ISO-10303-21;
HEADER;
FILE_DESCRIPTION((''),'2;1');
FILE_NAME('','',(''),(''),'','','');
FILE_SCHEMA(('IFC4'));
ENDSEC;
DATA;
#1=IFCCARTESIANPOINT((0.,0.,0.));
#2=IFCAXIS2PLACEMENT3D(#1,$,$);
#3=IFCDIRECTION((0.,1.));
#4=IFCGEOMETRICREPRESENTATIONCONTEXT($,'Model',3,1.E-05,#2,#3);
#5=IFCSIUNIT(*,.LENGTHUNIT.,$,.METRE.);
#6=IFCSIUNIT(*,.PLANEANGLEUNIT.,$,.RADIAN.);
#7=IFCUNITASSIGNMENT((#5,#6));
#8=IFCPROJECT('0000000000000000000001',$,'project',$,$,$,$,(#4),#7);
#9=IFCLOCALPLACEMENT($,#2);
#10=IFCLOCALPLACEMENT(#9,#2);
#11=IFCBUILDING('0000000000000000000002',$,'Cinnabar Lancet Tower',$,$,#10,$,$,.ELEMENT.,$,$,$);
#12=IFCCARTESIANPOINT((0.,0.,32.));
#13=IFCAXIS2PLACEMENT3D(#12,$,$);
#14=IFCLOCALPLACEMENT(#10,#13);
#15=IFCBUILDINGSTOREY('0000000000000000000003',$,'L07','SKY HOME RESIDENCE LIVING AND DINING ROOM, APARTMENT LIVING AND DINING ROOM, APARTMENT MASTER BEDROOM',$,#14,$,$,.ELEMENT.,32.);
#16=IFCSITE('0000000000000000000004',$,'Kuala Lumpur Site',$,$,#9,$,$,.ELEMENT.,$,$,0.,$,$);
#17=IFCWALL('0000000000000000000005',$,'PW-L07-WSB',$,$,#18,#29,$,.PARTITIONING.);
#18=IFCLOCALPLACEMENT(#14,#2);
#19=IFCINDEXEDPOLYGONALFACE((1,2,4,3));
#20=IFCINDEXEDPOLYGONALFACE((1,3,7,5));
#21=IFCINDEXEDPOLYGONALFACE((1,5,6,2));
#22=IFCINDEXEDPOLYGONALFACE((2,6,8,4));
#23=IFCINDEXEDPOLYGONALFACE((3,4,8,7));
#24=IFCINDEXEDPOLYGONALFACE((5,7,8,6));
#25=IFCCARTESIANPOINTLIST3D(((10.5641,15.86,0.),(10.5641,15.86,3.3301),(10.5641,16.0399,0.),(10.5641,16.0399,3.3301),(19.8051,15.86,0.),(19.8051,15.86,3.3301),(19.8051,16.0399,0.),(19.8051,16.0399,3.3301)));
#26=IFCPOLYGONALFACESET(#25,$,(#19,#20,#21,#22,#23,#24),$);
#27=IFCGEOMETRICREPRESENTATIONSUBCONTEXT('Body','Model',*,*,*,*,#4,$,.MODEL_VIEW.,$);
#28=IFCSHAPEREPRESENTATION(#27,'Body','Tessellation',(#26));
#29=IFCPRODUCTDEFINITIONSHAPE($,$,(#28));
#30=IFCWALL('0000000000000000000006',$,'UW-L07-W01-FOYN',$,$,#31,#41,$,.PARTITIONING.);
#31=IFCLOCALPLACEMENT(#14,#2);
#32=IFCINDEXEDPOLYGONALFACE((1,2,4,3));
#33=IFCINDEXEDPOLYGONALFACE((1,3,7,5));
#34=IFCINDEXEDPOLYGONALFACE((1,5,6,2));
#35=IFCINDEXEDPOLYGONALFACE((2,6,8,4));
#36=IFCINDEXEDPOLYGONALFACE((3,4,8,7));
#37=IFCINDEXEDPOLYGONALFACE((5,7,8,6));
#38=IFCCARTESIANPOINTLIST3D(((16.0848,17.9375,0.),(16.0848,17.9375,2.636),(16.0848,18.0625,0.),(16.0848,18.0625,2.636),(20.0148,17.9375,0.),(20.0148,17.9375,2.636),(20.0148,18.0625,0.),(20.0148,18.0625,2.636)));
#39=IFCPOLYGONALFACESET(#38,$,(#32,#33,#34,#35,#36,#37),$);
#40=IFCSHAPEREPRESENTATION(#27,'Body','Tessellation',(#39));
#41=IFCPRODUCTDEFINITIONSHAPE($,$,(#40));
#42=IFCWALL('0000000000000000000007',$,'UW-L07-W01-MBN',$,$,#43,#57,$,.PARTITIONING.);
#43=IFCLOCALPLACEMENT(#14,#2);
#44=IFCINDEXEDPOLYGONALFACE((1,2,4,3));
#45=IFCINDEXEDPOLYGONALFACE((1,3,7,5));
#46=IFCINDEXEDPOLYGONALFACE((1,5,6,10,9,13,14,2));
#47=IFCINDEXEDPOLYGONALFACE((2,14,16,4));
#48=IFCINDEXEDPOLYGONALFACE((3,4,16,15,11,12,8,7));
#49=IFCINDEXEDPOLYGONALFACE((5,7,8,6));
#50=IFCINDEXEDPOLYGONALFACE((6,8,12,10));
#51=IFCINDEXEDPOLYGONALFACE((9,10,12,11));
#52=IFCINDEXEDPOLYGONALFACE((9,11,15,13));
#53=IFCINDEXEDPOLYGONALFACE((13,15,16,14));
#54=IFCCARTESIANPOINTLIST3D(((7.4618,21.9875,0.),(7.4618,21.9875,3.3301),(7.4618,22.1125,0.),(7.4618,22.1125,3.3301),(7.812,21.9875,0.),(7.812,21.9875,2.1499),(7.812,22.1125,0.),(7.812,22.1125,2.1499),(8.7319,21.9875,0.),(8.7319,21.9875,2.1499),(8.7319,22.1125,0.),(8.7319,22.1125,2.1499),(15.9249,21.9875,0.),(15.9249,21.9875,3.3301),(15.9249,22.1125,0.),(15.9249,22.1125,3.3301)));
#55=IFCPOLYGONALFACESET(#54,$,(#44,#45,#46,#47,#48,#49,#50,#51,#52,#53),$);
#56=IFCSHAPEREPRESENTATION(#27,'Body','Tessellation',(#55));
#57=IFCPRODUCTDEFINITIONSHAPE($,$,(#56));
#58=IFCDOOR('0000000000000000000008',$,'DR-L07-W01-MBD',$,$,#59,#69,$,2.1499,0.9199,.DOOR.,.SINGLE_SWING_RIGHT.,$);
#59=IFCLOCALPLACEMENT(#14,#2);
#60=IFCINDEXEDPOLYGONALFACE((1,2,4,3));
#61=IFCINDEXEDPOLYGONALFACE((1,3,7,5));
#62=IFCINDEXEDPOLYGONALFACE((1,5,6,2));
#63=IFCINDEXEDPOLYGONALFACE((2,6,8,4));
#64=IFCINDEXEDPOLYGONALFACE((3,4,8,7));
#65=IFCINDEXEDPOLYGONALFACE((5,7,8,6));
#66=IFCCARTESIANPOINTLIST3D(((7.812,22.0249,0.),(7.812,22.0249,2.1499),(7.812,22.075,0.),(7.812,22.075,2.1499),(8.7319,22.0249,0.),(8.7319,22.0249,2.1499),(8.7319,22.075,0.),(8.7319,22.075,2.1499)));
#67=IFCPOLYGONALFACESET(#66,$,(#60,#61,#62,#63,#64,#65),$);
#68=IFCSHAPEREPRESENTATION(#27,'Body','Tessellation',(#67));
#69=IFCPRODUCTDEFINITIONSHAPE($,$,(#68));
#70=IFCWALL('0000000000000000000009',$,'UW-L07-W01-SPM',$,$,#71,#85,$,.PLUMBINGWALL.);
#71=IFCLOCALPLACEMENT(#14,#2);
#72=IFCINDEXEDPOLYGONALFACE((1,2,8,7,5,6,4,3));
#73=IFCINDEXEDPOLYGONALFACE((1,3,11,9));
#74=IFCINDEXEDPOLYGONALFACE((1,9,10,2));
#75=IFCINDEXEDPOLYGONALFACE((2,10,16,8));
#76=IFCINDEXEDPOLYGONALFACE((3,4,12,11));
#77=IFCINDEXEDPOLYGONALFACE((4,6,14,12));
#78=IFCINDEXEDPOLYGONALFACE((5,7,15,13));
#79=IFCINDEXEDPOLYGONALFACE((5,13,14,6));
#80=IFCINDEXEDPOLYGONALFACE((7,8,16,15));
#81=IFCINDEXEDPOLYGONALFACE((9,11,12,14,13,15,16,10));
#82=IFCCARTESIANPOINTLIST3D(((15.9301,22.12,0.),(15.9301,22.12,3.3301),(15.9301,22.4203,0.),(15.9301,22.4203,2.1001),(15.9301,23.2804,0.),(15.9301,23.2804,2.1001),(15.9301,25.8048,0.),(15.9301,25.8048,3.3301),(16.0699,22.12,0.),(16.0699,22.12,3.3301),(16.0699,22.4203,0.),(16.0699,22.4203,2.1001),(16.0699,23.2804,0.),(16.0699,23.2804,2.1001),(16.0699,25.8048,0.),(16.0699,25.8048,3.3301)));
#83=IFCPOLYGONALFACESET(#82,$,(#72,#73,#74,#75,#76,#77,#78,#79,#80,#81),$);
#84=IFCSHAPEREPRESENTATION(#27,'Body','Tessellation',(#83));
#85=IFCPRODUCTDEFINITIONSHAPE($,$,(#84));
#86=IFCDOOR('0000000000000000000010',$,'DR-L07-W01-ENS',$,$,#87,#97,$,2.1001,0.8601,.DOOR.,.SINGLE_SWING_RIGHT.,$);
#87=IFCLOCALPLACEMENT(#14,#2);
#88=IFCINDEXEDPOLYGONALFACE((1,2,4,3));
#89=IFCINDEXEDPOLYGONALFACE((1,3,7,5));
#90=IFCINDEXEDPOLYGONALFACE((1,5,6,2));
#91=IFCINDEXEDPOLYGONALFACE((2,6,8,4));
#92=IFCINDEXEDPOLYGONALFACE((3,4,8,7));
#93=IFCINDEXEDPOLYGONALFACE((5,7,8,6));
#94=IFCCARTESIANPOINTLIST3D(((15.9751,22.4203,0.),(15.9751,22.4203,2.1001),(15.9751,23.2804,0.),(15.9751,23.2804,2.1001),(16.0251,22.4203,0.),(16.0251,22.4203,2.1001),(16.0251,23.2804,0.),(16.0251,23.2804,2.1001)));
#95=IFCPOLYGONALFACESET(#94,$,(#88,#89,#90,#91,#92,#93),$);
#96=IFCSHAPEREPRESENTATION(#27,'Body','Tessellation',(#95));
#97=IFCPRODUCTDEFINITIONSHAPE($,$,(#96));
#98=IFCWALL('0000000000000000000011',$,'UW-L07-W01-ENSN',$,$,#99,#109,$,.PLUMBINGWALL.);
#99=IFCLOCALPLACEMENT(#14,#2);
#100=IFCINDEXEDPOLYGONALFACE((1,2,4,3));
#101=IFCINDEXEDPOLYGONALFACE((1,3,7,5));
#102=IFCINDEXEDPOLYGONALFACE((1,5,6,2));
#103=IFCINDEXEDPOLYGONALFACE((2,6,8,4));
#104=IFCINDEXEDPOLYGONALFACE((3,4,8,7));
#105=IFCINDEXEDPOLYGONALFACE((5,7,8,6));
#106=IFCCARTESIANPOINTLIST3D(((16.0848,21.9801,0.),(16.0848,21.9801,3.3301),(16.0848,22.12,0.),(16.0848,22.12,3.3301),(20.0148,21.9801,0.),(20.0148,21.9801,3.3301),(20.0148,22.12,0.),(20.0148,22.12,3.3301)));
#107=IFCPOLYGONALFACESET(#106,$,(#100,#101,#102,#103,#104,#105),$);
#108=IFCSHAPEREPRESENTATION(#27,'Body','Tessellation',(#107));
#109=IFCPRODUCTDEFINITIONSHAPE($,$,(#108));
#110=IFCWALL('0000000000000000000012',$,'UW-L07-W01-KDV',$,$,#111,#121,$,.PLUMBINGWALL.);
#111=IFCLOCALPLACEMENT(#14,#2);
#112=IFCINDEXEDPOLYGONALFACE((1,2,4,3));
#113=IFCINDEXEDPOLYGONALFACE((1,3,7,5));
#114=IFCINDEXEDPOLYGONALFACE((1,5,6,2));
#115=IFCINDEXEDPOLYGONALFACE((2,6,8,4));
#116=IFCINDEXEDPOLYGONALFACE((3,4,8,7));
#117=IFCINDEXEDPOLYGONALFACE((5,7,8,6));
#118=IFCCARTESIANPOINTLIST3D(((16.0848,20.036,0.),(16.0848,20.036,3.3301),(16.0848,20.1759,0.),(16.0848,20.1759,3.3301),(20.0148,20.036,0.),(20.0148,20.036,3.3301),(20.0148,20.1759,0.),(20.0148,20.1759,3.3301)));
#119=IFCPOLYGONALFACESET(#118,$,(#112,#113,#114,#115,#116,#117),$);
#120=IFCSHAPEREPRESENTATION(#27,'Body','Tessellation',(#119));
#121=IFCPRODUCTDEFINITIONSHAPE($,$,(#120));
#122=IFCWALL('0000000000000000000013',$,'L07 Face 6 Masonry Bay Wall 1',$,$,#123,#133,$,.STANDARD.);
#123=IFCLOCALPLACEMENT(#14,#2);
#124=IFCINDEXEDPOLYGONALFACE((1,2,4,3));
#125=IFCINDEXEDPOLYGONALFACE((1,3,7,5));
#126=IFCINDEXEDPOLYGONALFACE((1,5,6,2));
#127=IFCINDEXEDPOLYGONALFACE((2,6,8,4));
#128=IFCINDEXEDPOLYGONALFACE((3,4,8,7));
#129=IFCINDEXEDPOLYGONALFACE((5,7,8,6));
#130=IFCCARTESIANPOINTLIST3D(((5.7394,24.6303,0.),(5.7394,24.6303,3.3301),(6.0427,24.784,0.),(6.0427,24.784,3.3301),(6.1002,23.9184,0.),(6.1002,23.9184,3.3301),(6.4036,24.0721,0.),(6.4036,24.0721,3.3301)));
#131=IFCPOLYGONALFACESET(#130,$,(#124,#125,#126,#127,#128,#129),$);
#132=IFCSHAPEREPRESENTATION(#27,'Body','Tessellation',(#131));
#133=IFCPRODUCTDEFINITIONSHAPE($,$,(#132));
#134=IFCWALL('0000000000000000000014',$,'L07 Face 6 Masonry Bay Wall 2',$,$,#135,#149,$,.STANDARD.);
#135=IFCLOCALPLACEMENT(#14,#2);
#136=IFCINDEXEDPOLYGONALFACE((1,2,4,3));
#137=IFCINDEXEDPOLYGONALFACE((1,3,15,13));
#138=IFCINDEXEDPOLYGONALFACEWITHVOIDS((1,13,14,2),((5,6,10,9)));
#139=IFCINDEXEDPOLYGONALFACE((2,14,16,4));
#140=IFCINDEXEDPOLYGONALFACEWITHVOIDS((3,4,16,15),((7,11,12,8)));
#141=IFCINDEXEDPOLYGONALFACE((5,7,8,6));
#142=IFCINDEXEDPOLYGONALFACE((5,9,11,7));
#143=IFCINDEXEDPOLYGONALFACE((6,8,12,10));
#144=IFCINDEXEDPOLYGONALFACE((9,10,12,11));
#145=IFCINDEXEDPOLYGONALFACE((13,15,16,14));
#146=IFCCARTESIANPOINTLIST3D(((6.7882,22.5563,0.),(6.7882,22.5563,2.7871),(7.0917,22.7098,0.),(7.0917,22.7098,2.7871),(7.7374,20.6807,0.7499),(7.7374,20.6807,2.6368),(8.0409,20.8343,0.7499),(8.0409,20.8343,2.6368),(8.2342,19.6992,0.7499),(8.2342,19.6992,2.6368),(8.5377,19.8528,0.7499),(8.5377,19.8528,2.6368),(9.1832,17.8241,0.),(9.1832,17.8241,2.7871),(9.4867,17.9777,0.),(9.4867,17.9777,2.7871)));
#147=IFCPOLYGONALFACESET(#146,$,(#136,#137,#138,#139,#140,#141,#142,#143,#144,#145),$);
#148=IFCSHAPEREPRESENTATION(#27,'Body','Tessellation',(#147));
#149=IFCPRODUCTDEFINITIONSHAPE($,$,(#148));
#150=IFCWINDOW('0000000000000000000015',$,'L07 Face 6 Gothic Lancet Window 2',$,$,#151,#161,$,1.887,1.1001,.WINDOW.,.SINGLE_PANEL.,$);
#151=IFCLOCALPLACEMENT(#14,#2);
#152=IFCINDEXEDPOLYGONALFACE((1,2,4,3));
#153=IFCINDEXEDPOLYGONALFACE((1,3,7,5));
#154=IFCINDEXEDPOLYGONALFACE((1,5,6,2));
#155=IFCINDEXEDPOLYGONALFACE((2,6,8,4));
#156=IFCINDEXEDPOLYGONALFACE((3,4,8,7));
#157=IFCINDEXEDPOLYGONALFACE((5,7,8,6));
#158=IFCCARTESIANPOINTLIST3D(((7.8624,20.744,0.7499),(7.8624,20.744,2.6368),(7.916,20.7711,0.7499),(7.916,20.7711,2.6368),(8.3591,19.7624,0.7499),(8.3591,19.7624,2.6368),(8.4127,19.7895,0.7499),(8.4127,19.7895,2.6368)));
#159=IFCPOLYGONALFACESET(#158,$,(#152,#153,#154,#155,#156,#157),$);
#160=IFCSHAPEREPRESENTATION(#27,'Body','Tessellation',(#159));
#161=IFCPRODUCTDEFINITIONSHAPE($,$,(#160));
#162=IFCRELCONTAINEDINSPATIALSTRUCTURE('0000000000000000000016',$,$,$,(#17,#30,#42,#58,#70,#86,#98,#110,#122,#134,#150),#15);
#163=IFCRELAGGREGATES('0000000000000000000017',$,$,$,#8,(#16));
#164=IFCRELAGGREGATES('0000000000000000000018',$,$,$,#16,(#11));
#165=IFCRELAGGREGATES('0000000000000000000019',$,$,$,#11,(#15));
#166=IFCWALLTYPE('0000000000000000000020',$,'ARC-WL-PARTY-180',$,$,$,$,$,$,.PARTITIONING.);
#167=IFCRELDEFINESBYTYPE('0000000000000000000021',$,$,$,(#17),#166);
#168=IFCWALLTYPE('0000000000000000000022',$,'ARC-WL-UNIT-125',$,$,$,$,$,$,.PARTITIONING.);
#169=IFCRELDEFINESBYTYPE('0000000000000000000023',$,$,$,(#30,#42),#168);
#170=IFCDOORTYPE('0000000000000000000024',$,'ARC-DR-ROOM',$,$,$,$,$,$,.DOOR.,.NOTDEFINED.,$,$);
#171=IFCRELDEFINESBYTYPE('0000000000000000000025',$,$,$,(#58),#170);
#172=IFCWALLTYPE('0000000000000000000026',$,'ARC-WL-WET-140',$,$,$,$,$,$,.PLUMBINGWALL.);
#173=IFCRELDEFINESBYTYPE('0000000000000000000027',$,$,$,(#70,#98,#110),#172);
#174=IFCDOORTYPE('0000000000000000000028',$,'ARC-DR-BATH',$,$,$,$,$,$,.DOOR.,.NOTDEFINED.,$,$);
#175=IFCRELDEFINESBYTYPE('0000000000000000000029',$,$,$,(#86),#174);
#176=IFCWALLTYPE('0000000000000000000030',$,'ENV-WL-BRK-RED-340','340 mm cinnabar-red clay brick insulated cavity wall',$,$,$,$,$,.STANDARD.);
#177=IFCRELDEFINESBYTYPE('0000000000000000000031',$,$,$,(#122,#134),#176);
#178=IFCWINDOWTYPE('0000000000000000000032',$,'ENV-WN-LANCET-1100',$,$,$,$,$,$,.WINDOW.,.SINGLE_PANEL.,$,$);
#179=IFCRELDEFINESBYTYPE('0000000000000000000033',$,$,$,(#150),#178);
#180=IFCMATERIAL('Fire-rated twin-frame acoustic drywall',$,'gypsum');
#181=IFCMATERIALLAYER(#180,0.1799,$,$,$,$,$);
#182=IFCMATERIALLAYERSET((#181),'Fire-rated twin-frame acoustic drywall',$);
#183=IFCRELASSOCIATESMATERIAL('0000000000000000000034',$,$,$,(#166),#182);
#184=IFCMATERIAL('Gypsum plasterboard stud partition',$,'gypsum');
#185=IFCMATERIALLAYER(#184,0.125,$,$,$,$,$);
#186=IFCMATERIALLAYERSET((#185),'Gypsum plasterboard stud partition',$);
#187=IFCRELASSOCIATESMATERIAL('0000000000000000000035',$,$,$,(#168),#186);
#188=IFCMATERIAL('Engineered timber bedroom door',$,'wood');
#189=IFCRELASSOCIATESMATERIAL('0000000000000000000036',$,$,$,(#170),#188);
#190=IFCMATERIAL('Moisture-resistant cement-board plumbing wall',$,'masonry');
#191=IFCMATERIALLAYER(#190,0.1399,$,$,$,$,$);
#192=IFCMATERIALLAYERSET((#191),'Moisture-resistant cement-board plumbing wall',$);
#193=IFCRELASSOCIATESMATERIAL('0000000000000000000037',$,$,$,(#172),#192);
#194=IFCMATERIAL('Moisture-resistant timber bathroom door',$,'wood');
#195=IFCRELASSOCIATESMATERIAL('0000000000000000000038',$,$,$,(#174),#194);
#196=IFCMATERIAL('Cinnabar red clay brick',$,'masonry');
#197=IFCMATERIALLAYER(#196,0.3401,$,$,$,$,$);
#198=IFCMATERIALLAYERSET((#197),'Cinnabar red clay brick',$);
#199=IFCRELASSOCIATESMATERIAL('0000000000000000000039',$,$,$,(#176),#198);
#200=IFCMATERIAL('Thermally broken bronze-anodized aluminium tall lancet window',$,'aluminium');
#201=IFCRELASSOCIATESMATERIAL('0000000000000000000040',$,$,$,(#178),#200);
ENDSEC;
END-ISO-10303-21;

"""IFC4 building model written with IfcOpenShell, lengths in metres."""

from ifc_helpers import new_model, si_unit, direction, frame, frame_2d, origin, place, context, subcontext, project, spatial, rectangle, extrude, material, layer, layer_set, type_object, element, fill, save


model = new_model("IFC4")

# Units and contexts
model_context = context("Model", 3, precision=1e-05, world=origin(), true_north=direction((0.0, 1.0)))
body_context = subcontext(model_context, "Body", "Model", "MODEL_VIEW")
ifc_project = project(units=[si_unit("LENGTHUNIT", "METRE"), si_unit("PLANEANGLEUNIT", "RADIAN")], contexts=[model_context])

# Site, building, storey
site_placement = place(None, origin())
site = spatial("IfcSite", under=ifc_project, at=site_placement, Name="Kuala Lumpur Site", CompositionType="ELEMENT", RefElevation=0.0)
building_placement = place(site_placement, origin())
building = spatial("IfcBuilding", under=site, at=building_placement, Name="Cinnabar Lancet Tower", CompositionType="ELEMENT")
storey_placement = place(building_placement, frame((0.0, 0.0, 32.0)))
storey = spatial("IfcBuildingStorey", under=building, at=storey_placement, Name="L07", Description="SKY HOME RESIDENCE LIVING AND DINING ROOM, APARTMENT LIVING AND DINING ROOM, APARTMENT MASTER BEDROOM", CompositionType="ELEMENT", Elevation=32.0)

# Walls
ifc_material_1 = material(Name="Fire-rated twin-frame acoustic drywall", Category="gypsum")
ifc_layer_1 = layer(ifc_material_1, 0.1799)
ifc_layer_set_1 = layer_set([ifc_layer_1], Name="Fire-rated twin-frame acoustic drywall")
wall_type_1 = type_object("IfcWallType", Name="ARC-WL-PARTY-180", PredefinedType="PARTITIONING", material=ifc_layer_set_1)
wall_1_placement = place(storey_placement, frame((10.564, 15.95, 0.0), z_axis=(0.0, 0.0, 1.0), x_axis=(1.0, 0.0, 0.0)))
element("IfcWall", 1, at=wall_1_placement, inside=storey, type_object=wall_type_1, Name="PW-L07-WSB", PredefinedType="PARTITIONING", context=body_context, shape_type="SweptSolid", body=[
    extrude(rectangle(XDim=9.241, YDim=0.1799, at=frame_2d((4.6206, 0.0))), origin(), (0.0, 0.0, 1.0), 3.3301),
])
ifc_material_2 = material(Name="Gypsum plasterboard stud partition", Category="gypsum")
ifc_layer_2 = layer(ifc_material_2, 0.125)
ifc_layer_set_2 = layer_set([ifc_layer_2], Name="Gypsum plasterboard stud partition")
wall_type_2 = type_object("IfcWallType", Name="ARC-WL-UNIT-125", PredefinedType="PARTITIONING", material=ifc_layer_set_2)
wall_2_placement = place(storey_placement, frame((16.085, 18.0, 0.0), z_axis=(0.0, 0.0, 1.0), x_axis=(1.0, 0.0, 0.0)))
element("IfcWall", 2, at=wall_2_placement, inside=storey, type_object=wall_type_2, Name="UW-L07-W01-FOYN", PredefinedType="PARTITIONING", context=body_context, shape_type="SweptSolid", body=[
    extrude(rectangle(XDim=3.9299, YDim=0.125, at=frame_2d((1.9648, 0.0))), origin(), (0.0, 0.0, 1.0), 2.636),
])

# Wall, opening, door
wall_3_placement = place(storey_placement, frame((7.4619, 22.05, 0.0), z_axis=(0.0, 0.0, 1.0), x_axis=(1.0, 0.0, 0.0)))
wall_3 = element("IfcWall", 3, at=wall_3_placement, inside=storey, type_object=wall_type_2, Name="UW-L07-W01-MBN", PredefinedType="PARTITIONING", context=body_context, shape_type="SweptSolid", body=[
    extrude(rectangle(XDim=8.4631, YDim=0.125, at=frame_2d((4.2314, 0.0))), origin(), (0.0, 0.0, 1.0), 3.3301),
])
opening_1_placement = place(wall_3_placement, frame((0.3501, 0.0, 0.0)))
opening_1 = element("IfcOpeningElement", 4, at=opening_1_placement, cuts=wall_3, PredefinedType="OPENING", context=body_context, shape_type="SweptSolid", body=[
    extrude(rectangle(XDim=0.9199, YDim=2.1499, at=frame_2d((0.46, 1.075))), frame((0.0, 0.0725, 0.0), z_axis=(0.0, -1.0, 0.0), x_axis=(1.0, 0.0, 0.0)), (0.0, 0.0, 1.0), 0.145),
])
ifc_material_3 = material(Name="Engineered timber bedroom door", Category="wood")
door_type_1 = type_object("IfcDoorType", Name="ARC-DR-ROOM", OperationType="NOTDEFINED", PredefinedType="DOOR", material=ifc_material_3)
door_1_placement = place(opening_1_placement, origin())
door_1 = element("IfcDoor", 5, at=door_1_placement, inside=storey, type_object=door_type_1, Name="DR-L07-W01-MBD", OperationType="SINGLE_SWING_RIGHT", OverallHeight=2.1499, OverallWidth=0.9199, PredefinedType="DOOR", context=body_context, shape_type="SweptSolid", body=[
    extrude(rectangle(XDim=0.9199, YDim=2.1499, at=frame_2d((0.46, 1.075))), frame((0.0, 0.0249, 0.0), z_axis=(0.0, -1.0, 0.0), x_axis=(1.0, 0.0, 0.0)), (0.0, 0.0, 1.0), 0.05),
])
fill(opening_1, door_1)

# Shared definitions
ifc_material_4 = material(Name="Moisture-resistant cement-board plumbing wall", Category="masonry")
ifc_layer_3 = layer(ifc_material_4, 0.1399)
ifc_layer_set_3 = layer_set([ifc_layer_3], Name="Moisture-resistant cement-board plumbing wall")
wall_type_3 = type_object("IfcWallType", Name="ARC-WL-WET-140", PredefinedType="PLUMBINGWALL", material=ifc_layer_set_3)
ifc_material_5 = material(Name="Moisture-resistant timber bathroom door", Category="wood")
door_type_2 = type_object("IfcDoorType", Name="ARC-DR-BATH", OperationType="NOTDEFINED", PredefinedType="DOOR", material=ifc_material_5)

# Wall, opening, door
wall_4_placement = place(storey_placement, frame((16.0, 22.1201, 0.0), z_axis=(0.0, 0.0, 1.0), x_axis=(0.0, 1.0, 0.0)))
wall_4 = element("IfcWall", 6, at=wall_4_placement, inside=storey, type_object=wall_type_3, Name="UW-L07-W01-SPM", PredefinedType="PLUMBINGWALL", context=body_context, shape_type="SweptSolid", body=[
    extrude(rectangle(XDim=3.6848, YDim=0.1399, at=frame_2d((1.8423, 0.0))), origin(), (0.0, 0.0, 1.0), 3.3301),
])
opening_2_placement = place(wall_4_placement, frame((0.3, 0.0, 0.0)))
opening_2 = element("IfcOpeningElement", 7, at=opening_2_placement, cuts=wall_4, PredefinedType="OPENING", context=body_context, shape_type="SweptSolid", body=[
    extrude(rectangle(XDim=0.8601, YDim=2.1001, at=frame_2d((0.4302, 1.05))), frame((0.0, 0.0798, 0.0), z_axis=(0.0, -1.0, 0.0), x_axis=(1.0, 0.0, 0.0)), (0.0, 0.0, 1.0), 0.1599),
])
door_2_placement = place(opening_2_placement, origin())
door_2 = element("IfcDoor", 8, at=door_2_placement, inside=storey, type_object=door_type_2, Name="DR-L07-W01-ENS", OperationType="SINGLE_SWING_RIGHT", OverallHeight=2.1001, OverallWidth=0.8601, PredefinedType="DOOR", context=body_context, shape_type="SweptSolid", body=[
    extrude(rectangle(XDim=0.8601, YDim=2.1001, at=frame_2d((0.4302, 1.05))), frame((0.0, 0.0249, 0.0), z_axis=(0.0, -1.0, 0.0), x_axis=(1.0, 0.0, 0.0)), (0.0, 0.0, 1.0), 0.05),
])
fill(opening_2, door_2)

# Walls
for number, where, z_axis, x_axis, name in (
    (9, (16.085, 22.05, 0.0), (0.0, 0.0, 1.0), (1.0, 0.0, 0.0), "UW-L07-W01-ENSN"),
    (10, (16.085, 20.106, 0.0), (0.0, 0.0, 1.0), (1.0, 0.0, 0.0), "UW-L07-W01-KDV"),
):
    element("IfcWall", number, at=place(storey_placement, frame(where, z_axis=z_axis, x_axis=x_axis)), inside=storey, type_object=wall_type_3, Name=name, PredefinedType="PLUMBINGWALL", context=body_context, shape_type="SweptSolid", body=[
        extrude(rectangle(XDim=3.9299, YDim=0.1399, at=frame_2d((1.9648, 0.0))), origin(), (0.0, 0.0, 1.0), 3.3301),
    ])
ifc_material_6 = material(Name="Cinnabar red clay brick", Category="masonry")
ifc_layer_4 = layer(ifc_material_6, 0.3401)
ifc_layer_set_4 = layer_set([ifc_layer_4], Name="Cinnabar red clay brick")
wall_type_4 = type_object("IfcWallType", Name="ENV-WL-BRK-RED-340", Description="340 mm cinnabar-red clay brick insulated cavity wall", PredefinedType="STANDARD", material=ifc_layer_set_4)
wall_5_placement = place(storey_placement, frame((5.8911, 24.707, 0.0), z_axis=(0.0, 0.0, 1.0), x_axis=(0.452101, -0.891967, 0.0)))
element("IfcWall", 11, at=wall_5_placement, inside=storey, type_object=wall_type_4, Name="L07 Face 6 Masonry Bay Wall 1", PredefinedType="STANDARD", context=body_context, shape_type="SweptSolid", body=[
    extrude(rectangle(XDim=0.7981, YDim=0.3401, at=frame_2d((0.3989, 0.0))), origin(), (0.0, 0.0, 1.0), 3.3301),
])

# Wall, opening, window
wall_6_placement = place(storey_placement, frame((6.9399, 22.6331, 0.0), z_axis=(0.0, 0.0, 1.0), x_axis=(0.451572, -0.892235, 0.0)))
wall_6 = element("IfcWall", 12, at=wall_6_placement, inside=storey, type_object=wall_type_4, Name="L07 Face 6 Masonry Bay Wall 2", PredefinedType="STANDARD", context=body_context, shape_type="SweptSolid", body=[
    extrude(rectangle(XDim=5.3037, YDim=0.3401, at=frame_2d((2.6519, 0.0))), origin(), (0.0, 0.0, 1.0), 2.7871),
])
opening_3_placement = place(wall_6_placement, frame((2.1021, 0.0, 0.75)))
opening_3 = element("IfcOpeningElement", 13, at=opening_3_placement, cuts=wall_6, PredefinedType="OPENING", context=body_context, shape_type="SweptSolid", body=[
    extrude(rectangle(XDim=1.1001, YDim=1.887, at=frame_2d((0.55, 0.9434))), frame((0.0, 0.1799, 0.0), z_axis=(0.0, -1.0, 0.0), x_axis=(1.0, 0.0, 0.0)), (0.0, 0.0, 1.0), 0.3601),
])
ifc_material_7 = material(Name="Thermally broken bronze-anodized aluminium tall lancet window", Category="aluminium")
window_type = type_object("IfcWindowType", Name="ENV-WN-LANCET-1100", PartitioningType="SINGLE_PANEL", PredefinedType="WINDOW", material=ifc_material_7)
window_1_placement = place(opening_3_placement, origin())
window_1 = element("IfcWindow", 14, at=window_1_placement, inside=storey, type_object=window_type, Name="L07 Face 6 Gothic Lancet Window 2", OverallHeight=1.887, OverallWidth=1.1001, PartitioningType="SINGLE_PANEL", PredefinedType="WINDOW", context=body_context, shape_type="SweptSolid", body=[
    extrude(rectangle(XDim=1.1001, YDim=1.887, at=frame_2d((0.55, 0.9434))), frame((0.0, 0.03, 0.0), z_axis=(0.0, -1.0, 0.0), x_axis=(1.0, 0.0, 0.0)), (0.0, 0.0, 1.0), 0.0601),
])
fill(opening_3, window_1)

save(model, "model.ifc")
